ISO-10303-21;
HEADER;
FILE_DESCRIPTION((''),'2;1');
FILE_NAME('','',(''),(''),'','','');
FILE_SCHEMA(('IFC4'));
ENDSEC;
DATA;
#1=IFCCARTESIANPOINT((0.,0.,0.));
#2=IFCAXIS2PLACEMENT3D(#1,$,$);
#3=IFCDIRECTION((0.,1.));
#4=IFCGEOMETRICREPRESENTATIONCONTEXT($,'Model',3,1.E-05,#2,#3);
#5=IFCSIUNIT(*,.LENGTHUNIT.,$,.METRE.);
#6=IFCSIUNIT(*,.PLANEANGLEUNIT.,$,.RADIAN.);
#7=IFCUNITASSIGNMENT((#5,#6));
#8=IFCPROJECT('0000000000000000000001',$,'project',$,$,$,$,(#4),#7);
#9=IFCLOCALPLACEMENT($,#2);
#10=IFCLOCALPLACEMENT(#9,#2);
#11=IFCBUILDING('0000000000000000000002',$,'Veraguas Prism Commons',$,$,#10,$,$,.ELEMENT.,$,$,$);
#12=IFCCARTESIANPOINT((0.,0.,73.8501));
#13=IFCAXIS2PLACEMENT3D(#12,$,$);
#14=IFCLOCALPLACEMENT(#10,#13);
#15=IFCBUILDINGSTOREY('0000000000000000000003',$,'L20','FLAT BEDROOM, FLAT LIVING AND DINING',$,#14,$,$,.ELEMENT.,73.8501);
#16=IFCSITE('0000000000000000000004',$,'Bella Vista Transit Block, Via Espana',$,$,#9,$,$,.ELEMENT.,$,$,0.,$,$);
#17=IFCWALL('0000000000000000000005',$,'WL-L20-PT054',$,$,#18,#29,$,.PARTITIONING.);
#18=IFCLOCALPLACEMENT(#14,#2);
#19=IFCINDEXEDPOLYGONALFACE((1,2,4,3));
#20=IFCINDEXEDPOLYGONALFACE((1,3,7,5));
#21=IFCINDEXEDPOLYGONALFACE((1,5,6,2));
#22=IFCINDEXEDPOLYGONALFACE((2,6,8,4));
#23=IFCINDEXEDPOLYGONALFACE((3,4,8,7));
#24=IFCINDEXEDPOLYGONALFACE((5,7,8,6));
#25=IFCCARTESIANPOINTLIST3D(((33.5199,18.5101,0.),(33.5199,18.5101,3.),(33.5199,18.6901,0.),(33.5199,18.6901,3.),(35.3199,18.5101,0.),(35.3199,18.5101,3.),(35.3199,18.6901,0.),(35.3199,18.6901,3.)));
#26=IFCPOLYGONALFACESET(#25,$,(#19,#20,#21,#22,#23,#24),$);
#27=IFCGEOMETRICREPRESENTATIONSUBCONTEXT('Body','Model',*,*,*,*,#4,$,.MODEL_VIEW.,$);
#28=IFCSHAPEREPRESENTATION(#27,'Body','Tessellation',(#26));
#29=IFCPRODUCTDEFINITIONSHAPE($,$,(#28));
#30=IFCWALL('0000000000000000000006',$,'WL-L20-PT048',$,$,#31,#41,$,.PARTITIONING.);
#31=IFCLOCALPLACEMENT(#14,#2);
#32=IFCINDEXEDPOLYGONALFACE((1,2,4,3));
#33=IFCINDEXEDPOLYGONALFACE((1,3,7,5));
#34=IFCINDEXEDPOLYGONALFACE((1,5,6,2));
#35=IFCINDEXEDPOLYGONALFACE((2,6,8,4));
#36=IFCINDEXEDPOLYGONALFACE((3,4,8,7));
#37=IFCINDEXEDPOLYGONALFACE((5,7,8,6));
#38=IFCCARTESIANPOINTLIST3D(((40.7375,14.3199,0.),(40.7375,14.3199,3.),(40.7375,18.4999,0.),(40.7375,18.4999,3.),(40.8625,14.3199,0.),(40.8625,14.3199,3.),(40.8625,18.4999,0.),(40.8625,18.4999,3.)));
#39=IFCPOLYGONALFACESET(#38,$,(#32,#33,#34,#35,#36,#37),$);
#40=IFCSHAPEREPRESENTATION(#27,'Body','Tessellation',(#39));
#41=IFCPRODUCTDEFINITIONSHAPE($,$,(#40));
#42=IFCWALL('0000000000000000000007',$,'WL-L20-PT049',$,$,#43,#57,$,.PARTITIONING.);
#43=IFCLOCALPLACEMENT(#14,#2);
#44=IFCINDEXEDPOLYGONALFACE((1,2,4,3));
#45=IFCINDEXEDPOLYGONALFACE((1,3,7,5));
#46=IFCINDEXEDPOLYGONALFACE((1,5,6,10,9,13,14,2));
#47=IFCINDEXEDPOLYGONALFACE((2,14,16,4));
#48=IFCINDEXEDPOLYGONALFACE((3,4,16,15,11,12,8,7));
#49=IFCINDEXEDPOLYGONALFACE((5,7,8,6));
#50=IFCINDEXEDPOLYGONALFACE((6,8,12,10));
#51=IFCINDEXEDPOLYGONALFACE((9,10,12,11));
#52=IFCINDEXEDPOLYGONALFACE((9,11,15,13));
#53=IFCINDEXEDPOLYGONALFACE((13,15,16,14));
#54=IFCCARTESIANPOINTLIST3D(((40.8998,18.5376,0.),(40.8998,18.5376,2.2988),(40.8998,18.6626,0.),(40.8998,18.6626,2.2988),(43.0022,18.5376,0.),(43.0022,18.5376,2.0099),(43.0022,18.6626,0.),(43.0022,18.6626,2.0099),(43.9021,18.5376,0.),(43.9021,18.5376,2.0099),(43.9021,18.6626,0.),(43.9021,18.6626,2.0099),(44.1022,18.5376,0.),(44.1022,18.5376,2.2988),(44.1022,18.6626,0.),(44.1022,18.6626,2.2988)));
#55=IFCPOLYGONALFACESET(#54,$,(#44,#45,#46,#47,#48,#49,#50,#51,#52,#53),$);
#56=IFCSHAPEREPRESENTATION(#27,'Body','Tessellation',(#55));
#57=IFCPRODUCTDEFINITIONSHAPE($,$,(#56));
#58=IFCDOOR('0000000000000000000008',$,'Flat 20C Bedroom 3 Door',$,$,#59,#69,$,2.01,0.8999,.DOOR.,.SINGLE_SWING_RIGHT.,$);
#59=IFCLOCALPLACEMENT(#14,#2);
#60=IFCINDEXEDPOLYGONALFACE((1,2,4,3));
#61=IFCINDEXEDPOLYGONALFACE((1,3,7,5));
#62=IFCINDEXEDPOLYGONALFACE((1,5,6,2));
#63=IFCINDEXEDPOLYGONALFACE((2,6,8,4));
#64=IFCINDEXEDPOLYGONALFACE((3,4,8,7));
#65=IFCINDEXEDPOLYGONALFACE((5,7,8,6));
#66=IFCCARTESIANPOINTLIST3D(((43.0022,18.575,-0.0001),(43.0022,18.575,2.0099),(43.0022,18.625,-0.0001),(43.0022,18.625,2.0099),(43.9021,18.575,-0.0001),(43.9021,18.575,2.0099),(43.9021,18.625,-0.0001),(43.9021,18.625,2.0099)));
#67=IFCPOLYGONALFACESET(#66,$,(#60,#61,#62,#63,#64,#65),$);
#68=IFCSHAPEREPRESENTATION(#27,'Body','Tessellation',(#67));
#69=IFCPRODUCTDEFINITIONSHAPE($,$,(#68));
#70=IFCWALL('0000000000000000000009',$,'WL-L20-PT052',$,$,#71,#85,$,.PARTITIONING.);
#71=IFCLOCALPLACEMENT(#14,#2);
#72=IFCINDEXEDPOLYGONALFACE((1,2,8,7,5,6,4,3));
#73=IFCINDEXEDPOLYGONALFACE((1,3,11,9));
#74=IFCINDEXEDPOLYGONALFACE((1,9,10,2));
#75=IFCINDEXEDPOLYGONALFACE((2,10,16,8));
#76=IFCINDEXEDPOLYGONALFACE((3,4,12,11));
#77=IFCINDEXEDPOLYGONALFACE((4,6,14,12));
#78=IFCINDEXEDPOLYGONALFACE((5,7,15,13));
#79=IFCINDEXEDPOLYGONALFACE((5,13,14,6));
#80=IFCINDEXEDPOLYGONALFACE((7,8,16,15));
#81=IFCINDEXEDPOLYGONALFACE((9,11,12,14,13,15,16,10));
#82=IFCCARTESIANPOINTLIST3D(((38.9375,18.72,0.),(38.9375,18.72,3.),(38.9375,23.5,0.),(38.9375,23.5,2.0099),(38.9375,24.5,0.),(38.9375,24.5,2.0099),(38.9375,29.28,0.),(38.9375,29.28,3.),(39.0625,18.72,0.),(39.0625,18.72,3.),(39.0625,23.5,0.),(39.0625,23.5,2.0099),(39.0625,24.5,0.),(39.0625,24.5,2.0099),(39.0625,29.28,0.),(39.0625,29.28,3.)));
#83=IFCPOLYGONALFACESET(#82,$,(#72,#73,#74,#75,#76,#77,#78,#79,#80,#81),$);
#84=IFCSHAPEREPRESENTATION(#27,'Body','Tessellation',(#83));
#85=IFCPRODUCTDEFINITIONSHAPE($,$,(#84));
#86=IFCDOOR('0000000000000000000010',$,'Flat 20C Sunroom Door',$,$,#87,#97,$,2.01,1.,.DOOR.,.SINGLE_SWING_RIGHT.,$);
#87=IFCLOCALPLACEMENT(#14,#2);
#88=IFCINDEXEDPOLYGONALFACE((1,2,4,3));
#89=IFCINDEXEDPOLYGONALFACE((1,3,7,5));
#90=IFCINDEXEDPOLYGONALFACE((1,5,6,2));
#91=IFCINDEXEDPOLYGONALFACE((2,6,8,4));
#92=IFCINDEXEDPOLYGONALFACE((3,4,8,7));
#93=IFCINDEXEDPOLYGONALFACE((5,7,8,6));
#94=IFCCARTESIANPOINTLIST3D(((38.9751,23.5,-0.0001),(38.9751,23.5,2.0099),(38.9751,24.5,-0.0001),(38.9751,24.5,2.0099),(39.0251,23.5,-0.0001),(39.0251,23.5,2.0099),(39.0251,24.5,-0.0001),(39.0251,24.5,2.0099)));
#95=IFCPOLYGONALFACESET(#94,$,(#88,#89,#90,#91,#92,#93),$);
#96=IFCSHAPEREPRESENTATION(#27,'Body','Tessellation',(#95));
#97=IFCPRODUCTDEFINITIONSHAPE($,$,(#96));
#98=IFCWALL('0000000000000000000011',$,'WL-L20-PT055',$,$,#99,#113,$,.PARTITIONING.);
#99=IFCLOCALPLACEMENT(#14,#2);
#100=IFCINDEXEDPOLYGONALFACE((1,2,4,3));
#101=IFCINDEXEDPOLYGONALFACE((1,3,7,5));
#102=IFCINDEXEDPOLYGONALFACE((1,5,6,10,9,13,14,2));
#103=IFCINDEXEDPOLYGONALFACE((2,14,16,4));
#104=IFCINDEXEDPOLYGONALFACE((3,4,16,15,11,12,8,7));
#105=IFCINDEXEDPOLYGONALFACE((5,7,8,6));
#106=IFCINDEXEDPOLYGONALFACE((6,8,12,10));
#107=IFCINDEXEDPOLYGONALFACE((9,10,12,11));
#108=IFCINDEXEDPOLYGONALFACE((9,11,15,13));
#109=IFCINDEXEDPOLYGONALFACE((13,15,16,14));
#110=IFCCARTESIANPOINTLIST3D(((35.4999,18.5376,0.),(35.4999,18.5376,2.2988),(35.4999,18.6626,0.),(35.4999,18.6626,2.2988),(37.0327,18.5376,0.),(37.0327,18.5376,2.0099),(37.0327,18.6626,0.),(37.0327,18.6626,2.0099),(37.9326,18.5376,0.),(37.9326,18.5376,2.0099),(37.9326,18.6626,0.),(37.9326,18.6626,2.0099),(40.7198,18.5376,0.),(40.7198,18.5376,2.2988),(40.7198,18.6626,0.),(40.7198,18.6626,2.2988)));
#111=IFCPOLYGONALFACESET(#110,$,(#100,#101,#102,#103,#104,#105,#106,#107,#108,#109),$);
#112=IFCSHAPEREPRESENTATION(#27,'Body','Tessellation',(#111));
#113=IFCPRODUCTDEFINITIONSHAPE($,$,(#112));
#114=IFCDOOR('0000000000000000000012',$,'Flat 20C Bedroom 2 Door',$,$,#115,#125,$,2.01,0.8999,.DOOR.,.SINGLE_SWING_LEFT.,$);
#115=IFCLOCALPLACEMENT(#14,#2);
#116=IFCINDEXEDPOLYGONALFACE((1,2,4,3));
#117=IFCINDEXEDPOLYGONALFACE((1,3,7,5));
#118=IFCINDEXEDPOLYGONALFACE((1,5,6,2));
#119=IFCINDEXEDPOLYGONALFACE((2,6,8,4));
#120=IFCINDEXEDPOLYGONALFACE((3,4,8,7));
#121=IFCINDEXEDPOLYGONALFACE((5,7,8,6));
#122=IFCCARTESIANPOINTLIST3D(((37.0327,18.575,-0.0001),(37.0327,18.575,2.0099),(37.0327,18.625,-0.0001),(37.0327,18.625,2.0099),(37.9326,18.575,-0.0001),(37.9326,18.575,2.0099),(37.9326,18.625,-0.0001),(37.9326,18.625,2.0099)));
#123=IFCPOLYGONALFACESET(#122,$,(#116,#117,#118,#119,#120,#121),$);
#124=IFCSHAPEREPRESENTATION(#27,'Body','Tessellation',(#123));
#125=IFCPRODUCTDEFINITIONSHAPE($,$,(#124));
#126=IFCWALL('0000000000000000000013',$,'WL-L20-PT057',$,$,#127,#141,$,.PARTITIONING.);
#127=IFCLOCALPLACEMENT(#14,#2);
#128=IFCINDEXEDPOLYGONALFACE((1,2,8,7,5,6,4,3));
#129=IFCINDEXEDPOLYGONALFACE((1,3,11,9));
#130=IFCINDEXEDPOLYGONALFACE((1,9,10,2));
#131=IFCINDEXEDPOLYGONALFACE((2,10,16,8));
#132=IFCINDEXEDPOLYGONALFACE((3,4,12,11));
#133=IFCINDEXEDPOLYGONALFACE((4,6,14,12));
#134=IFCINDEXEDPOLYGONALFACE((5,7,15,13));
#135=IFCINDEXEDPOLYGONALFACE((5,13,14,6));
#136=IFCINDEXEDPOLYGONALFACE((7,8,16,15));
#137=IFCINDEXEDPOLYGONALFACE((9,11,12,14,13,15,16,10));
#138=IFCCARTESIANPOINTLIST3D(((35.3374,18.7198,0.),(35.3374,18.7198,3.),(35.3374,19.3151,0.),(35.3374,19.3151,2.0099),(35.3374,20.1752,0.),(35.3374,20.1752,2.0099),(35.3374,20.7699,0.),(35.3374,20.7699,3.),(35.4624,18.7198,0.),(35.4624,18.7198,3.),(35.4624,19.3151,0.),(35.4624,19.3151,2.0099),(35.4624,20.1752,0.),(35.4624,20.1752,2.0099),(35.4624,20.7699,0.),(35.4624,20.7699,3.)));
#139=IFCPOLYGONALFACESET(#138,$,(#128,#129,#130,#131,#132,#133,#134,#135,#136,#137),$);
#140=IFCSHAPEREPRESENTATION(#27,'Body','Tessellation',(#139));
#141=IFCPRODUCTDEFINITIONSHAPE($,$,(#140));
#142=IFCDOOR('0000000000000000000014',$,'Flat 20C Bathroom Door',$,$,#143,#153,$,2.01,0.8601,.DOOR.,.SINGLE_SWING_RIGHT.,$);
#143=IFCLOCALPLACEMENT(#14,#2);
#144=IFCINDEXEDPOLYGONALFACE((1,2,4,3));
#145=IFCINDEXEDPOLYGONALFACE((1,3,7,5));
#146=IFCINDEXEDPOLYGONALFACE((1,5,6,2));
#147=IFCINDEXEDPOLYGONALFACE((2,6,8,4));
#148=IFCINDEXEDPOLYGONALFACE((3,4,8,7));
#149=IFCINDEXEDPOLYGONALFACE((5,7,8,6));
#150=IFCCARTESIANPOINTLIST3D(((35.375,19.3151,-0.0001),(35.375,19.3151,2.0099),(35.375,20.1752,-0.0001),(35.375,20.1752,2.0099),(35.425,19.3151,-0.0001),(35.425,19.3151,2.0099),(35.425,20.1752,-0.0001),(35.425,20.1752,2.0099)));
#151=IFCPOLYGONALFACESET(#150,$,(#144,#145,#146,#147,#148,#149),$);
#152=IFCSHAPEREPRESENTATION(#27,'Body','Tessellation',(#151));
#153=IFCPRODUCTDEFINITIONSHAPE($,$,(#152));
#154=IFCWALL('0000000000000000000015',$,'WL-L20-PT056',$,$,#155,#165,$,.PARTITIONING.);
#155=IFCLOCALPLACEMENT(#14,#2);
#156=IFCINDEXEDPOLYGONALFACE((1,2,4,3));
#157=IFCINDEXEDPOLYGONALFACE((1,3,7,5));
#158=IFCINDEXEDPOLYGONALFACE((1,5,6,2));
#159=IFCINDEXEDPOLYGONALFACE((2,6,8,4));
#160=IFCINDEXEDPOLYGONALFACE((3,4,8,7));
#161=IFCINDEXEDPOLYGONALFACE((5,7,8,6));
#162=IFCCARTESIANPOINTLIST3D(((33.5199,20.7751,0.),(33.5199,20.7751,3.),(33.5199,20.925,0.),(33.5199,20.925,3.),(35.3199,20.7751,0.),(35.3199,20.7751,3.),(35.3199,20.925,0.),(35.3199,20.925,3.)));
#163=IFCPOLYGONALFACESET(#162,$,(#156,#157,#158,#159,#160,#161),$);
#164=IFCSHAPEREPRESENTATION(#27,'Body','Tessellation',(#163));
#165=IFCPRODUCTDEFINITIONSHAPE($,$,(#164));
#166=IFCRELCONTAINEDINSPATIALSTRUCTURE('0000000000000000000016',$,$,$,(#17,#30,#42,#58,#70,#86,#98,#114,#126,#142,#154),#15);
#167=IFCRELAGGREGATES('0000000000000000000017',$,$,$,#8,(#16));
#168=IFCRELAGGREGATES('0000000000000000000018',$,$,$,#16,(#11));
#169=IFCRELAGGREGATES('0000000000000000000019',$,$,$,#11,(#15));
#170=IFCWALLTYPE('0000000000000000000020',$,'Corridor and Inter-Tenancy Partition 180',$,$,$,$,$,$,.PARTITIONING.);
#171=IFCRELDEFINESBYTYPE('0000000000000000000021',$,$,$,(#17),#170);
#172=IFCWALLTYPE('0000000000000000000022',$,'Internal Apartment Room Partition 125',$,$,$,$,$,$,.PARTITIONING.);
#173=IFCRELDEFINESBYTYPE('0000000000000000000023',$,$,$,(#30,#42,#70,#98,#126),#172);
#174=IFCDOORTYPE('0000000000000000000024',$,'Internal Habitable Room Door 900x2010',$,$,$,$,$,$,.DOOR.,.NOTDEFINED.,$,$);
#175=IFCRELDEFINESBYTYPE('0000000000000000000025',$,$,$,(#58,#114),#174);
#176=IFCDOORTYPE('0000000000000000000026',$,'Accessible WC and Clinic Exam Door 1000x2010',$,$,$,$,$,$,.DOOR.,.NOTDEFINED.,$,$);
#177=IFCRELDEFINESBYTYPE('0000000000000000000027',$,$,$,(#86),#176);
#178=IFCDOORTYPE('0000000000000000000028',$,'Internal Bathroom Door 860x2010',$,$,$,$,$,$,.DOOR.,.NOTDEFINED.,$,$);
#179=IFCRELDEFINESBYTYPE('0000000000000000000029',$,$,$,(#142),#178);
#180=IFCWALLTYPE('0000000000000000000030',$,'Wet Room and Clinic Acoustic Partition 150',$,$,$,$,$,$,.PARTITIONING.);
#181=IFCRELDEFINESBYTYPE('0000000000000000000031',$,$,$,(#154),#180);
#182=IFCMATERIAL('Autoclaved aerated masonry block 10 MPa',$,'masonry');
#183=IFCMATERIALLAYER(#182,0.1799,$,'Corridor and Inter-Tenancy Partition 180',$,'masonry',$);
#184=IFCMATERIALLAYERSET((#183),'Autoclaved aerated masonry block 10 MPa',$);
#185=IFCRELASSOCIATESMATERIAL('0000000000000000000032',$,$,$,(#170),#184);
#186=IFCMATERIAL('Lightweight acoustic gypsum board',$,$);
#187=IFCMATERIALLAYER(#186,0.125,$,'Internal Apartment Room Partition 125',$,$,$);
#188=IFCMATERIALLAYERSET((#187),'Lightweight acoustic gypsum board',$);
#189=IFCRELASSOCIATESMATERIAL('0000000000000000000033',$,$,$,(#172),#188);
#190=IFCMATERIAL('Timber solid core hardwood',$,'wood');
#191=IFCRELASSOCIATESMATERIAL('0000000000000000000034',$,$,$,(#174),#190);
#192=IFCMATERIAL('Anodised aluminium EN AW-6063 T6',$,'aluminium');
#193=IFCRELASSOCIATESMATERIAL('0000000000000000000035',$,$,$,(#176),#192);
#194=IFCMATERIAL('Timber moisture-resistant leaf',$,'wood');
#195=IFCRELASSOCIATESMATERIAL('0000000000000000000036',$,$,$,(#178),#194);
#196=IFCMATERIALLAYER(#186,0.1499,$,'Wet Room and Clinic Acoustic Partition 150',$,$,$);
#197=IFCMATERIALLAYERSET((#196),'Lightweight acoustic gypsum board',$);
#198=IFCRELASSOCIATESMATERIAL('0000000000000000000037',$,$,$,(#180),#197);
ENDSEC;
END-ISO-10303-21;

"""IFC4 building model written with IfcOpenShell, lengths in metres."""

from ifc_helpers import new_model, si_unit, direction, frame, frame_2d, origin, place, context, subcontext, project, spatial, rectangle, extrude, source, transform, mapped, material, layer, layer_set, type_object, element, fill, save


model = new_model("IFC4")

# Units and contexts
model_context = context("Model", 3, precision=1e-05, world=origin(), true_north=direction((0.0, 1.0)))
body_context = subcontext(model_context, "Body", "Model", "MODEL_VIEW")
ifc_project = project(units=[si_unit("LENGTHUNIT", "METRE"), si_unit("PLANEANGLEUNIT", "RADIAN")], contexts=[model_context])

# Site, building, storey
site_placement = place(None, origin())
site = spatial("IfcSite", under=ifc_project, at=site_placement, Name="Bella Vista Transit Block, Via Espana", CompositionType="ELEMENT", RefElevation=0.0)
building_placement = place(site_placement, origin())
building = spatial("IfcBuilding", under=site, at=building_placement, Name="Veraguas Prism Commons", CompositionType="ELEMENT")
storey_placement = place(building_placement, frame((0.0, 0.0, 73.8501)))
storey = spatial("IfcBuildingStorey", under=building, at=storey_placement, Name="L20", Description="FLAT BEDROOM, FLAT LIVING AND DINING", CompositionType="ELEMENT", Elevation=73.8501)

# Shared definitions
ifc_material_1 = material(Name="Anodised aluminium EN AW-6063 T6", Category="aluminium")

# Shared definitions
ifc_material_2 = material(Name="Autoclaved aerated masonry block 10 MPa", Category="masonry")
ifc_layer_1 = layer(ifc_material_2, 0.1799, Name="Corridor and Inter-Tenancy Partition 180", Category="masonry")
ifc_layer_set_1 = layer_set([ifc_layer_1], Name="Autoclaved aerated masonry block 10 MPa")
wall_type_1 = type_object("IfcWallType", Name="Corridor and Inter-Tenancy Partition 180", PredefinedType="PARTITIONING", material=ifc_layer_set_1)

# Walls
wall_1_placement = place(storey_placement, frame((33.52, 18.6001, 0.0), z_axis=(0.0, 0.0, 1.0), x_axis=(1.0, 0.0, 0.0)))
element("IfcWall", 1, at=wall_1_placement, inside=storey, type_object=wall_type_1, Name="WL-L20-PT054", PredefinedType="PARTITIONING", context=body_context, shape_type="SweptSolid", body=[
    extrude(rectangle(XDim=1.8, YDim=0.1799, at=frame_2d((0.8999, 0.0))), origin(), (0.0, 0.0, 1.0), 3.0),
])
ifc_material_3 = material(Name="Lightweight acoustic gypsum board")
ifc_layer_2 = layer(ifc_material_3, 0.125, Name="Internal Apartment Room Partition 125")
ifc_layer_set_2 = layer_set([ifc_layer_2], Name="Lightweight acoustic gypsum board")
wall_type_2 = type_object("IfcWallType", Name="Internal Apartment Room Partition 125", PredefinedType="PARTITIONING", material=ifc_layer_set_2)
wall_2_placement = place(storey_placement, frame((40.8, 14.3201, 0.0), z_axis=(0.0, 0.0, 1.0), x_axis=(0.0, 1.0, 0.0)))
element("IfcWall", 2, at=wall_2_placement, inside=storey, type_object=wall_type_2, Name="WL-L20-PT048", PredefinedType="PARTITIONING", context=body_context, shape_type="SweptSolid", body=[
    extrude(rectangle(XDim=4.1799, YDim=0.125, at=frame_2d((2.0898, 0.0))), origin(), (0.0, 0.0, 1.0), 3.0),
])

# Walls, openings, doors
wall_3_placement = place(storey_placement, frame((40.8999, 18.6001, 0.0), z_axis=(0.0, 0.0, 1.0), x_axis=(1.0, 0.0, 0.0)))
wall_3 = element("IfcWall", 3, at=wall_3_placement, inside=storey, type_object=wall_type_2, Name="WL-L20-PT049", PredefinedType="PARTITIONING", context=body_context, shape_type="SweptSolid", body=[
    extrude(rectangle(XDim=3.2024, YDim=0.125, at=frame_2d((1.6011, 0.0))), origin(), (0.0, 0.0, 1.0), 2.2988),
])
opening_1_placement = place(wall_3_placement, frame((2.1023, 0.0, 0.0)))
opening_1 = element("IfcOpeningElement", 4, at=opening_1_placement, cuts=wall_3, PredefinedType="OPENING", context=body_context, shape_type="SweptSolid", body=[
    extrude(rectangle(XDim=0.8999, YDim=2.01, at=frame_2d((0.45, 1.0049))), frame((0.0, 0.0725, 0.0), z_axis=(0.0, -1.0, 0.0), x_axis=(1.0, 0.0, 0.0)), (0.0, 0.0, 1.0), 0.145),
])
ifc_material_4 = material(Name="Timber solid core hardwood", Category="wood")
door_type_1 = type_object("IfcDoorType", Name="Internal Habitable Room Door 900x2010", OperationType="NOTDEFINED", PredefinedType="DOOR", material=ifc_material_4)
shared_shape_1 = source(origin(), body_context, "Body", "SweptSolid", [
    extrude(rectangle(XDim=0.8999, YDim=2.01, at=frame_2d((0.45, 1.0049))), frame((0.0, 0.0249, 0.0), z_axis=(0.0, -1.0, 0.0), x_axis=(1.0, 0.0, 0.0)), (0.0, 0.0, 1.0), 0.05),
])
door_1_placement = place(opening_1_placement, origin())
door_1 = element("IfcDoor", 5, at=door_1_placement, inside=storey, type_object=door_type_1, Name="Flat 20C Bedroom 3 Door", OperationType="SINGLE_SWING_RIGHT", OverallHeight=2.01, OverallWidth=0.8999, PredefinedType="DOOR", context=body_context, shape_type="MappedRepresentation", body=[
    mapped(shared_shape_1, transform((0.0, 0.0, 0.0), scale=1.0)),
])
fill(opening_1, door_1)
wall_4_placement = place(storey_placement, frame((39.0, 18.72, 0.0), z_axis=(0.0, 0.0, 1.0), x_axis=(0.0, 1.0, 0.0)))
wall_4 = element("IfcWall", 6, at=wall_4_placement, inside=storey, type_object=wall_type_2, Name="WL-L20-PT052", PredefinedType="PARTITIONING", context=body_context, shape_type="SweptSolid", body=[
    extrude(rectangle(XDim=10.5601, YDim=0.125, at=frame_2d((5.28, 0.0))), origin(), (0.0, 0.0, 1.0), 3.0),
])
opening_2_placement = place(wall_4_placement, frame((4.78, 0.0, 0.0)))
opening_2 = element("IfcOpeningElement", 7, at=opening_2_placement, cuts=wall_4, PredefinedType="OPENING", context=body_context, shape_type="SweptSolid", body=[
    extrude(rectangle(XDim=1.0, YDim=2.01, at=frame_2d((0.5, 1.0049))), frame((0.0, 0.0725, 0.0), z_axis=(0.0, -1.0, 0.0), x_axis=(1.0, 0.0, 0.0)), (0.0, 0.0, 1.0), 0.145),
])
door_type_2 = type_object("IfcDoorType", Name="Accessible WC and Clinic Exam Door 1000x2010", OperationType="NOTDEFINED", PredefinedType="DOOR", material=ifc_material_1)
shared_shape_2 = source(origin(), body_context, "Body", "SweptSolid", [
    extrude(rectangle(XDim=1.0, YDim=2.01, at=frame_2d((0.5, 1.0049))), frame((0.0, 0.0249, 0.0), z_axis=(0.0, -1.0, 0.0), x_axis=(1.0, 0.0, 0.0)), (0.0, 0.0, 1.0), 0.05),
])
door_2_placement = place(opening_2_placement, origin())
door_2 = element("IfcDoor", 8, at=door_2_placement, inside=storey, type_object=door_type_2, Name="Flat 20C Sunroom Door", OperationType="SINGLE_SWING_RIGHT", OverallHeight=2.01, OverallWidth=1.0, PredefinedType="DOOR", context=body_context, shape_type="MappedRepresentation", body=[
    mapped(shared_shape_2, transform((0.0, 0.0, 0.0), scale=1.0)),
])
fill(opening_2, door_2)
wall_5_placement = place(storey_placement, frame((35.5, 18.6001, 0.0), z_axis=(0.0, 0.0, 1.0), x_axis=(1.0, 0.0, 0.0)))
wall_5 = element("IfcWall", 9, at=wall_5_placement, inside=storey, type_object=wall_type_2, Name="WL-L20-PT055", PredefinedType="PARTITIONING", context=body_context, shape_type="SweptSolid", body=[
    extrude(rectangle(XDim=5.22, YDim=0.125, at=frame_2d((2.6099, 0.0))), origin(), (0.0, 0.0, 1.0), 2.2988),
])
opening_3_placement = place(wall_5_placement, frame((1.5327, 0.0, 0.0)))
opening_3 = element("IfcOpeningElement", 10, at=opening_3_placement, cuts=wall_5, PredefinedType="OPENING", context=body_context, shape_type="SweptSolid", body=[
    extrude(rectangle(XDim=0.8999, YDim=2.01, at=frame_2d((0.45, 1.0049))), frame((0.0, 0.0725, 0.0), z_axis=(0.0, -1.0, 0.0), x_axis=(1.0, 0.0, 0.0)), (0.0, 0.0, 1.0), 0.145),
])
door_3_placement = place(opening_3_placement, origin())
door_3 = element("IfcDoor", 11, at=door_3_placement, inside=storey, type_object=door_type_1, Name="Flat 20C Bedroom 2 Door", OperationType="SINGLE_SWING_LEFT", OverallHeight=2.01, OverallWidth=0.8999, PredefinedType="DOOR", context=body_context, shape_type="MappedRepresentation", body=[
    mapped(shared_shape_1, transform((0.0, 0.0, 0.0), scale=1.0)),
])
fill(opening_3, door_3)
wall_6_placement = place(storey_placement, frame((35.3999, 18.72, 0.0), z_axis=(0.0, 0.0, 1.0), x_axis=(0.0, 1.0, 0.0)))
wall_6 = element("IfcWall", 12, at=wall_6_placement, inside=storey, type_object=wall_type_2, Name="WL-L20-PT057", PredefinedType="PARTITIONING", context=body_context, shape_type="SweptSolid", body=[
    extrude(rectangle(XDim=2.05, YDim=0.125, at=frame_2d((1.0249, 0.0))), origin(), (0.0, 0.0, 1.0), 3.0),
])
opening_4_placement = place(wall_6_placement, frame((0.595, 0.0, 0.0)))
opening_4 = element("IfcOpeningElement", 13, at=opening_4_placement, cuts=wall_6, PredefinedType="OPENING", context=body_context, shape_type="SweptSolid", body=[
    extrude(rectangle(XDim=0.8601, YDim=2.01, at=frame_2d((0.4302, 1.0049))), frame((0.0, 0.0725, 0.0), z_axis=(0.0, -1.0, 0.0), x_axis=(1.0, 0.0, 0.0)), (0.0, 0.0, 1.0), 0.145),
])
ifc_material_5 = material(Name="Timber moisture-resistant leaf", Category="wood")
door_type_3 = type_object("IfcDoorType", Name="Internal Bathroom Door 860x2010", OperationType="NOTDEFINED", PredefinedType="DOOR", material=ifc_material_5)
shared_shape_3 = source(origin(), body_context, "Body", "SweptSolid", [
    extrude(rectangle(XDim=0.8601, YDim=2.01, at=frame_2d((0.4302, 1.0049))), frame((0.0, 0.0249, 0.0), z_axis=(0.0, -1.0, 0.0), x_axis=(1.0, 0.0, 0.0)), (0.0, 0.0, 1.0), 0.05),
])
door_4_placement = place(opening_4_placement, origin())
door_4 = element("IfcDoor", 14, at=door_4_placement, inside=storey, type_object=door_type_3, Name="Flat 20C Bathroom Door", OperationType="SINGLE_SWING_RIGHT", OverallHeight=2.01, OverallWidth=0.8601, PredefinedType="DOOR", context=body_context, shape_type="MappedRepresentation", body=[
    mapped(shared_shape_3, transform((0.0, 0.0, 0.0), scale=1.0)),
])
fill(opening_4, door_4)

# Wall
ifc_layer_3 = layer(ifc_material_3, 0.1499, Name="Wet Room and Clinic Acoustic Partition 150")
ifc_layer_set_3 = layer_set([ifc_layer_3], Name="Lightweight acoustic gypsum board")
wall_type_3 = type_object("IfcWallType", Name="Wet Room and Clinic Acoustic Partition 150", PredefinedType="PARTITIONING", material=ifc_layer_set_3)
wall_7_placement = place(storey_placement, frame((33.52, 20.8501, 0.0), z_axis=(0.0, 0.0, 1.0), x_axis=(1.0, 0.0, 0.0)))
element("IfcWall", 15, at=wall_7_placement, inside=storey, type_object=wall_type_3, Name="WL-L20-PT056", PredefinedType="PARTITIONING", context=body_context, shape_type="SweptSolid", body=[
    extrude(rectangle(XDim=1.8, YDim=0.1499, at=frame_2d((0.8999, 0.0))), origin(), (0.0, 0.0, 1.0), 3.0),
])

save(model, "model.ifc")
